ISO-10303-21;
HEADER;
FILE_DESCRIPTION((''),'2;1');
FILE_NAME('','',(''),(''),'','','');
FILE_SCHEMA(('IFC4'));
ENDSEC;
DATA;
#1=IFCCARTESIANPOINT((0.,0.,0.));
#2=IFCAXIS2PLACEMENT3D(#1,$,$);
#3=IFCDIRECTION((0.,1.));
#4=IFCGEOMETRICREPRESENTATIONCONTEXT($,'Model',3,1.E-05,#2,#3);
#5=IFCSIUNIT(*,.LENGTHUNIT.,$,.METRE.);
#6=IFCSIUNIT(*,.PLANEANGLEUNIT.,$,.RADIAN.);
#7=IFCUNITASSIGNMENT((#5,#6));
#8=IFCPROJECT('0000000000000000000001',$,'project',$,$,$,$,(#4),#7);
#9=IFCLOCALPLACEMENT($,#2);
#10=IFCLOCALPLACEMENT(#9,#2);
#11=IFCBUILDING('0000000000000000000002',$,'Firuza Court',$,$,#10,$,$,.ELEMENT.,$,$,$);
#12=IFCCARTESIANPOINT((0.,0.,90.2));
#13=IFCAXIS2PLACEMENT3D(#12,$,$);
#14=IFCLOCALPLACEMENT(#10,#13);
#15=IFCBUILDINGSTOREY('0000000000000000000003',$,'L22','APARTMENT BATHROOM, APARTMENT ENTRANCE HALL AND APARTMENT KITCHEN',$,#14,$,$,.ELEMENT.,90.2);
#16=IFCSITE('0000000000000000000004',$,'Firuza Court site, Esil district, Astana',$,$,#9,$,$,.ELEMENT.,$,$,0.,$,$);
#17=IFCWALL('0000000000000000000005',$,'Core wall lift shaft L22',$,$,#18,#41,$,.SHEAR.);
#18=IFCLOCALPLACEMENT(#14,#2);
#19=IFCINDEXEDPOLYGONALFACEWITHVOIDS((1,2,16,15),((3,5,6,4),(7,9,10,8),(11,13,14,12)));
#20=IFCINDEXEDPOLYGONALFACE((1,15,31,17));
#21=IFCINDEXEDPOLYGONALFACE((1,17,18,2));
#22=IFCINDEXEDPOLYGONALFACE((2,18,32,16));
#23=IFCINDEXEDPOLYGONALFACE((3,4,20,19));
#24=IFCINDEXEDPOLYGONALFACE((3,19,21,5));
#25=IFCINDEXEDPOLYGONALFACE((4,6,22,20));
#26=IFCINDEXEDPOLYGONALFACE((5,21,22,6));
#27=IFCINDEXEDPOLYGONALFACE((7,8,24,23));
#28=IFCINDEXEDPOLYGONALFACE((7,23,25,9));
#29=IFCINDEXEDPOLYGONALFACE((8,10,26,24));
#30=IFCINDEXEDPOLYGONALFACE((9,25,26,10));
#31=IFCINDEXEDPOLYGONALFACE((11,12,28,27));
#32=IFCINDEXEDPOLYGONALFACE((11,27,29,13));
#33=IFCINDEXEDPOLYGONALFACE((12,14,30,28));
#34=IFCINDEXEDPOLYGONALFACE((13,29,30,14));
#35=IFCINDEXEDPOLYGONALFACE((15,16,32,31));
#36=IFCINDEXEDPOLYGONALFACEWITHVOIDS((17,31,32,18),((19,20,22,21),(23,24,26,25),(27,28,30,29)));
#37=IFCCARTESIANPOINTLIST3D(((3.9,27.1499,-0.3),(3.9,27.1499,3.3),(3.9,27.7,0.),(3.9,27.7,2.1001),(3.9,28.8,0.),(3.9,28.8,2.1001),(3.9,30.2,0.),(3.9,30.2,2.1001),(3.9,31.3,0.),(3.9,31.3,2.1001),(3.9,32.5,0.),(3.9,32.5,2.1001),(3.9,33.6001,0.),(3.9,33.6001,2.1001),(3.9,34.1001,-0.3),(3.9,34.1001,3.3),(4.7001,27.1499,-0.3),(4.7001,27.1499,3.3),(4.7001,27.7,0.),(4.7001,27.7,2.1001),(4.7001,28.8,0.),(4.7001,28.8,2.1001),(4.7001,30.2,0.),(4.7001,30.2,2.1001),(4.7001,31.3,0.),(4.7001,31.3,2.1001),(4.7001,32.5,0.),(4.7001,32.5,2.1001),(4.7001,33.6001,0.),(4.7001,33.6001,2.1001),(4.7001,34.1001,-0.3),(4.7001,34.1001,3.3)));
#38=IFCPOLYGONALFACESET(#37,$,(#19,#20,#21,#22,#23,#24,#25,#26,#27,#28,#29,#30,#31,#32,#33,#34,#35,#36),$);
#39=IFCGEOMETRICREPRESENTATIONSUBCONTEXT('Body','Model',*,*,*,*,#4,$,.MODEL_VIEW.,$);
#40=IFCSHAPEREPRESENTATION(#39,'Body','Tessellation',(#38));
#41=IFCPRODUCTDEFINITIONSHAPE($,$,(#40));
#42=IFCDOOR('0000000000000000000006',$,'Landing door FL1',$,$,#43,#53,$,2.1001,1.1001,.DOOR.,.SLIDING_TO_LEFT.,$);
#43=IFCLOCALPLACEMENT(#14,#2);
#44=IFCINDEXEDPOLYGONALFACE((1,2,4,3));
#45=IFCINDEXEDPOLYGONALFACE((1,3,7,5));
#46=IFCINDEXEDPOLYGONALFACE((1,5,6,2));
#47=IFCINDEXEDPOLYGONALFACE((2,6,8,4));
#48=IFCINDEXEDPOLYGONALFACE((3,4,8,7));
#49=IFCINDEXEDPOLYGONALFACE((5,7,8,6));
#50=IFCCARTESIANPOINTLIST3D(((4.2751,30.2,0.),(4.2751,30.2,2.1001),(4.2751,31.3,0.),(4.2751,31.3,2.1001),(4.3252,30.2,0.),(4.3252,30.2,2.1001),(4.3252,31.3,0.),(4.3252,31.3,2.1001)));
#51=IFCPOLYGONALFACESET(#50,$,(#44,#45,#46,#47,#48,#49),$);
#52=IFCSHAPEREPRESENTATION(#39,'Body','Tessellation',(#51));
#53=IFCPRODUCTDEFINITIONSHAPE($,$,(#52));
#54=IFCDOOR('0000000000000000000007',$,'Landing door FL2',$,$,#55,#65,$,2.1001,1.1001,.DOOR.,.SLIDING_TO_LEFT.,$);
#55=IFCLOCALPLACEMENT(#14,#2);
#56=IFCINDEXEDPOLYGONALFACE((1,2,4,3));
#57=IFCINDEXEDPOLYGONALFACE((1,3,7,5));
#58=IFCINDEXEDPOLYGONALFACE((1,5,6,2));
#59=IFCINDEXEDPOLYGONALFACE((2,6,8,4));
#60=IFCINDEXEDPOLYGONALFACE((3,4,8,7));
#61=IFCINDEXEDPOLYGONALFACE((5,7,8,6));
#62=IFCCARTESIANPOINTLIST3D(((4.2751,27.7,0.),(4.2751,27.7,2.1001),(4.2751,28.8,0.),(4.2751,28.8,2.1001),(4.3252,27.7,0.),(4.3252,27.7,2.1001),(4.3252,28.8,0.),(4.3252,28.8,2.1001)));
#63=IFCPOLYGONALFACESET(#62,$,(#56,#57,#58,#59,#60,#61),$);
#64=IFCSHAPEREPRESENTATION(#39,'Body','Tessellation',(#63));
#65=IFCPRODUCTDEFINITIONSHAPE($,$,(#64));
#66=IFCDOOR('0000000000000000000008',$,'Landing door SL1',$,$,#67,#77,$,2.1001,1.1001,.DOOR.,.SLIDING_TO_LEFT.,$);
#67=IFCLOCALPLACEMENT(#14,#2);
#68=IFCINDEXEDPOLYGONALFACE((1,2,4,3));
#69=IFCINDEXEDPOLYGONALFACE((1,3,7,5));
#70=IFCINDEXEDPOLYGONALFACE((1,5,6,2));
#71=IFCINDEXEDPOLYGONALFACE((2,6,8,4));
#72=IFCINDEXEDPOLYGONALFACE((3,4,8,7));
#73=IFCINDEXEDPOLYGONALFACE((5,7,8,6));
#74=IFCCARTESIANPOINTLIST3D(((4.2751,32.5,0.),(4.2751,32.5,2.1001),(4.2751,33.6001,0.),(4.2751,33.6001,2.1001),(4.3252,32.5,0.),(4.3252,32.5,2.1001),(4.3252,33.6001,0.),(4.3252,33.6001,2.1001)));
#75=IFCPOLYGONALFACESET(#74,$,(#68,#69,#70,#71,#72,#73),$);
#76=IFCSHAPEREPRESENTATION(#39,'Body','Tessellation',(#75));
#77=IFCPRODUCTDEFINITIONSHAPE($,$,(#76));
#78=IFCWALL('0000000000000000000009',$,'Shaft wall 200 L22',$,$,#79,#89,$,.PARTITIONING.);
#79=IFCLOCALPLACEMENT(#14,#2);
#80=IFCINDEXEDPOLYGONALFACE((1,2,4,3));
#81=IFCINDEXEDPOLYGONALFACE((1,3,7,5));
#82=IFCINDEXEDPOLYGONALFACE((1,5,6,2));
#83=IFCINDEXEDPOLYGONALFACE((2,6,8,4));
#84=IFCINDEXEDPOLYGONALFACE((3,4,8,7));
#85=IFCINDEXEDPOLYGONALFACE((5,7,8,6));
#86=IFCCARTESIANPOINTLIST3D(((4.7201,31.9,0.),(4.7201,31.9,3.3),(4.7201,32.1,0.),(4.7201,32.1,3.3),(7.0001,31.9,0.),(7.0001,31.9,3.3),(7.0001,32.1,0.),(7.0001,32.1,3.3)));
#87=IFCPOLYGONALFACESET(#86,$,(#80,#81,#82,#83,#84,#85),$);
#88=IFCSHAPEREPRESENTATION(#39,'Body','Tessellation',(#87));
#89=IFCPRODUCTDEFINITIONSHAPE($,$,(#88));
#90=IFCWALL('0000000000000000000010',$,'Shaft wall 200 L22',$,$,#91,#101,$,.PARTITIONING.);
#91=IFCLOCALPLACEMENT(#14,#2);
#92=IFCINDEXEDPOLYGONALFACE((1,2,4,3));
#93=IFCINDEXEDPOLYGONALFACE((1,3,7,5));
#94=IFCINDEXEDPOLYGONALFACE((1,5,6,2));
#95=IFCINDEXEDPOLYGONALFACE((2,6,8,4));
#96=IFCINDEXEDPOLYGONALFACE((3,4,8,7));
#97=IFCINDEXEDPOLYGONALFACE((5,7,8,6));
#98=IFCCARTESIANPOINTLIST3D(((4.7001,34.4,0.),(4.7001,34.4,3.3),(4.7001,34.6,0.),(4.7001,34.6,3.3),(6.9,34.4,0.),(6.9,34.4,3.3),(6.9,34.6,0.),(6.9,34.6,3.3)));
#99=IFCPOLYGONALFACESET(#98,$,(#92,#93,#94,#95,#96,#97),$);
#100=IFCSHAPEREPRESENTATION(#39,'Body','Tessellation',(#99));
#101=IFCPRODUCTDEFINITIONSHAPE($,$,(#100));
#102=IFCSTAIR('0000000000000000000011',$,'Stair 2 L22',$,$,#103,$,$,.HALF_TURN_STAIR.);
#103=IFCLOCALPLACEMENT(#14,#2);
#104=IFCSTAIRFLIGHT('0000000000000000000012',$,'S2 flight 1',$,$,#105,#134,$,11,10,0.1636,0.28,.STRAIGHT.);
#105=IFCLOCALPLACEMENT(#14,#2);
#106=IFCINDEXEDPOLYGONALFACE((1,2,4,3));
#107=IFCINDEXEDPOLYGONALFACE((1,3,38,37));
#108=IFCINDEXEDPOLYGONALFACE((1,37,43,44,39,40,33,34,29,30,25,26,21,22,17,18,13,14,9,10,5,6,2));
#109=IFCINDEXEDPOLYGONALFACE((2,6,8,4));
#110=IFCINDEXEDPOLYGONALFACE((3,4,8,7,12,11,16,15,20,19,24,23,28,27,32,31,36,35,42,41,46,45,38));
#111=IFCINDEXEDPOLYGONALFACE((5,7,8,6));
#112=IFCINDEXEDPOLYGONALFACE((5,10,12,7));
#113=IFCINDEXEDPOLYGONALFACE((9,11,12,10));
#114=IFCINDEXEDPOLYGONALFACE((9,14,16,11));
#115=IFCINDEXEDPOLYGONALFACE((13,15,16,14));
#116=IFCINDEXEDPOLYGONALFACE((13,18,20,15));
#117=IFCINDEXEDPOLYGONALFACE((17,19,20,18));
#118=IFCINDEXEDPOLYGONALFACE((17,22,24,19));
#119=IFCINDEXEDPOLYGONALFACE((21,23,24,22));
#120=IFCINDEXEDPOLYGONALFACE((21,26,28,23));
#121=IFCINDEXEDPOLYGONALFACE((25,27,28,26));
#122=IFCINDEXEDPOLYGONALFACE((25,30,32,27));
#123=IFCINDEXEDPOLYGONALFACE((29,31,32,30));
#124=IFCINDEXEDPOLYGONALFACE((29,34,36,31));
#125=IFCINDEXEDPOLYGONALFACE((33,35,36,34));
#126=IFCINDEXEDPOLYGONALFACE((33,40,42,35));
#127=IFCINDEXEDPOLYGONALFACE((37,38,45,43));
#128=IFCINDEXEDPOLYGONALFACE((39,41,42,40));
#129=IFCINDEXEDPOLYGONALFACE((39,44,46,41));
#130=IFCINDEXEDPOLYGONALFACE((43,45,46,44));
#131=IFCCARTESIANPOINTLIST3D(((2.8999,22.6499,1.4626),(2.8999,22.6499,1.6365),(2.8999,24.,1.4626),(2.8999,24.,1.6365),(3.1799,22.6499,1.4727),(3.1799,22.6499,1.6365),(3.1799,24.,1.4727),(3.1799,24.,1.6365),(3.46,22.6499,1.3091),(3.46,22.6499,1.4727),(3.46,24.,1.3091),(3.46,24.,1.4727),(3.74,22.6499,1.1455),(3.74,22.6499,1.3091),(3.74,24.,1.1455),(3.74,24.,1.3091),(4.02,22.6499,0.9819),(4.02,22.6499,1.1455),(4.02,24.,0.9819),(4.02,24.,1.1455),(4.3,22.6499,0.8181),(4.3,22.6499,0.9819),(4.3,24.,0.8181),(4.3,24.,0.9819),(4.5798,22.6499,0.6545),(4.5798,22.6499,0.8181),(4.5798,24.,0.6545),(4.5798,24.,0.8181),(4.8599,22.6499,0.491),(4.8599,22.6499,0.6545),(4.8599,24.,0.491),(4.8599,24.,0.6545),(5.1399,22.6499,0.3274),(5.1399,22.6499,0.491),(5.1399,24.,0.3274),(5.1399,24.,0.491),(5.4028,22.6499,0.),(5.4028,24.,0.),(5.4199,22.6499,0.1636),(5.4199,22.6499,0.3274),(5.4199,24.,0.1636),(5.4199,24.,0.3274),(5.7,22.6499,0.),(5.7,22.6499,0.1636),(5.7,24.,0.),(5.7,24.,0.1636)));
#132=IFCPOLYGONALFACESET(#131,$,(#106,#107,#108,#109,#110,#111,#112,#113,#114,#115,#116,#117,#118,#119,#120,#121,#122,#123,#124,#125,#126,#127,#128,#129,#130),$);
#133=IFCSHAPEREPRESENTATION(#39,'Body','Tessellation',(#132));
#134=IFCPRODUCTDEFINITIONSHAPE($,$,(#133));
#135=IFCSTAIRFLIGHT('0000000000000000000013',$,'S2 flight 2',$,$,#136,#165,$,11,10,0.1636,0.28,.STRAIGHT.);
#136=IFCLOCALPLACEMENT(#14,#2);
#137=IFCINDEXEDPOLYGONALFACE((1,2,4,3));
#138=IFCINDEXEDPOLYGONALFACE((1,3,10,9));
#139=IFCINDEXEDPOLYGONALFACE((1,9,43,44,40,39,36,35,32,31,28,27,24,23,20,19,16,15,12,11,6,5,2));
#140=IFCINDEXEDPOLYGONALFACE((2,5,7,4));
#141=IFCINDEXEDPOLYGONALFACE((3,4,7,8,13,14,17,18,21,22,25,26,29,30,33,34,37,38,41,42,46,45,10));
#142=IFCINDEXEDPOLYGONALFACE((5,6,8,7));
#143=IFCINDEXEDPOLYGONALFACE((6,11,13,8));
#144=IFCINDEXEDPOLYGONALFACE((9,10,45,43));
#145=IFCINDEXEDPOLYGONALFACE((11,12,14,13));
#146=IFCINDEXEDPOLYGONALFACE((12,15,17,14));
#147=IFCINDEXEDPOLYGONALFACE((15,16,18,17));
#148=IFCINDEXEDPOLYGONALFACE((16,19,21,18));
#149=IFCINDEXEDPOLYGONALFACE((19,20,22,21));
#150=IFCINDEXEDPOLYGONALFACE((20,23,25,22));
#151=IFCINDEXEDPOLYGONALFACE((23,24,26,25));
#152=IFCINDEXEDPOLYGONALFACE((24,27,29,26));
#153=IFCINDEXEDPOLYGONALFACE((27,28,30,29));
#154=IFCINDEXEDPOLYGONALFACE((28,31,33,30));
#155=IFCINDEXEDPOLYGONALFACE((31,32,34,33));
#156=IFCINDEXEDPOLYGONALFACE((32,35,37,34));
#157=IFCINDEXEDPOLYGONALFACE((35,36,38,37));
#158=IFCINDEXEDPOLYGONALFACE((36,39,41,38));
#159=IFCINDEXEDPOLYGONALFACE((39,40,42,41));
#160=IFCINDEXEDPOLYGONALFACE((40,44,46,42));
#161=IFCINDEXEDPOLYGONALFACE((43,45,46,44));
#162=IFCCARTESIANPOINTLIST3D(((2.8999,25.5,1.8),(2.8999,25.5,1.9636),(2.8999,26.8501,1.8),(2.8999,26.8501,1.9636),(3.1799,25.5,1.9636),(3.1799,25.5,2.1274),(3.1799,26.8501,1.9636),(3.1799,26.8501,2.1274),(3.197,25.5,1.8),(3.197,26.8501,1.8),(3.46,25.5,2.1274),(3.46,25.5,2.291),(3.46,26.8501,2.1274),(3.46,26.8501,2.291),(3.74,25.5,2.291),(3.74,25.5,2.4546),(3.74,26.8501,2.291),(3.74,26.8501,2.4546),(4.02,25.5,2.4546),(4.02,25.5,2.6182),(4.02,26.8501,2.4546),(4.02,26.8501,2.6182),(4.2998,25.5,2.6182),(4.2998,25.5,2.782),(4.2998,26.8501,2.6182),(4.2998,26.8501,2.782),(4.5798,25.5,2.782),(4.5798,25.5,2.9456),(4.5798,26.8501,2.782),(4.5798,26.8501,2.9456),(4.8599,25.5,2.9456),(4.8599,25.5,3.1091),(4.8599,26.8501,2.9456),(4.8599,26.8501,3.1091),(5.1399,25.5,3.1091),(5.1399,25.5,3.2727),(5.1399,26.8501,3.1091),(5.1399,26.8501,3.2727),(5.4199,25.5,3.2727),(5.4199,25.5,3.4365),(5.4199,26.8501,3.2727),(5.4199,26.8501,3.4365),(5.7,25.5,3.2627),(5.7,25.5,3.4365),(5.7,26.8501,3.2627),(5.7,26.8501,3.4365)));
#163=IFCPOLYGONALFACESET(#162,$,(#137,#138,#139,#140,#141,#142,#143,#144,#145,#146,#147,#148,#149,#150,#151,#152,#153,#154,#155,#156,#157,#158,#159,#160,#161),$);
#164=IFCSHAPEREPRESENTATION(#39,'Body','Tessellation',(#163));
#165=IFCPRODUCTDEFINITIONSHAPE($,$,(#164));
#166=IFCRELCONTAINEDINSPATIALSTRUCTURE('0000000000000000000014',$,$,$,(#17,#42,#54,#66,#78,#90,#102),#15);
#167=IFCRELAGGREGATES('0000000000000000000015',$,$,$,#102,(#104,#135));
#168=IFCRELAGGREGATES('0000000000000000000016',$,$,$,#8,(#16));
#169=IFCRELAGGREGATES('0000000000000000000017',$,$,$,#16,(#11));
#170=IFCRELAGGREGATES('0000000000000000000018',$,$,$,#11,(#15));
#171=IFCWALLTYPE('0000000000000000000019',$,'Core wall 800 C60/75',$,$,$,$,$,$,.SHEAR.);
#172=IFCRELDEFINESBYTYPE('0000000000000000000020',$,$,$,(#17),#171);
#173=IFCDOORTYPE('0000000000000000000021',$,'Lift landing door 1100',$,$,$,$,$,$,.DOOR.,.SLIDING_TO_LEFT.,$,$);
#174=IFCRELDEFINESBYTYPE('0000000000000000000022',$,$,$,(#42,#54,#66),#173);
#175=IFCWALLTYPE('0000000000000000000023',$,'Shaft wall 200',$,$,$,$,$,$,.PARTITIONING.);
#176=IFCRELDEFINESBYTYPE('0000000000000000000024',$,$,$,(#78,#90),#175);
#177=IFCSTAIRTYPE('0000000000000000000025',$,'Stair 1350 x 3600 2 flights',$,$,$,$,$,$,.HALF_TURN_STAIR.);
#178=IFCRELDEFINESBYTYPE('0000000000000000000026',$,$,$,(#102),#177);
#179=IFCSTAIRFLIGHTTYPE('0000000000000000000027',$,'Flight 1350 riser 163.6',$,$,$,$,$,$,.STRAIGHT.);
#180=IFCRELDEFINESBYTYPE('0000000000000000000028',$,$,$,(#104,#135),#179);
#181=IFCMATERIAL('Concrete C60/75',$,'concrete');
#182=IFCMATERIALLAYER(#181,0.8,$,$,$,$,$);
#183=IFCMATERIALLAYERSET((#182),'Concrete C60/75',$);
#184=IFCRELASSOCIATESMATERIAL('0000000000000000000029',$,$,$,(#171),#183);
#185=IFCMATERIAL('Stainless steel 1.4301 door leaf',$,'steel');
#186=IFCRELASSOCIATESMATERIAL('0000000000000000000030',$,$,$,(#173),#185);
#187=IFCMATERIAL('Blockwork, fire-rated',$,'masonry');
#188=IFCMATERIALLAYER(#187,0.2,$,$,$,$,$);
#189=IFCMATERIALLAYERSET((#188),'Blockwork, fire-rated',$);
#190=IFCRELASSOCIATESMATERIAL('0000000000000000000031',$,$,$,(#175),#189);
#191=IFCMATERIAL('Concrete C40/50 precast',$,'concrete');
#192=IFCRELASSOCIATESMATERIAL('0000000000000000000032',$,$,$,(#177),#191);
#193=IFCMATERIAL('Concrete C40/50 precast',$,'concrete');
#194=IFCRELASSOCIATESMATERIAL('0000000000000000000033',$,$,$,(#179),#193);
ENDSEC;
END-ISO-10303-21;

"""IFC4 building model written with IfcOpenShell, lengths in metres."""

from ifc_helpers import new_model, si_unit, direction, frame, frame_2d, origin, place, context, subcontext, project, spatial, polyline, rectangle, outline, extrude, material, layer, layer_set, type_object, element, fill, aggregate, save


model = new_model("IFC4")

# Units and contexts
model_context = context("Model", 3, precision=1e-05, world=origin(), true_north=direction((0.0, 1.0)))
body_context = subcontext(model_context, "Body", "Model", "MODEL_VIEW")
ifc_project = project(units=[si_unit("LENGTHUNIT", "METRE"), si_unit("PLANEANGLEUNIT", "RADIAN")], contexts=[model_context])

# Site, building, storey
site_placement = place(None, origin())
site = spatial("IfcSite", under=ifc_project, at=site_placement, Name="Firuza Court site, Esil district, Astana", CompositionType="ELEMENT", RefElevation=0.0)
building_placement = place(site_placement, origin())
building = spatial("IfcBuilding", under=site, at=building_placement, Name="Firuza Court", CompositionType="ELEMENT")
storey_placement = place(building_placement, frame((0.0, 0.0, 90.2)))
storey = spatial("IfcBuildingStorey", under=building, at=storey_placement, Name="L22", Description="APARTMENT BATHROOM, APARTMENT ENTRANCE HALL AND APARTMENT KITCHEN", CompositionType="ELEMENT", Elevation=90.2)

# Shared definitions
ifc_material_1 = material(Name="Concrete C60/75", Category="concrete")

# Shared definitions
ifc_layer_1 = layer(ifc_material_1, 0.8)
ifc_layer_set_1 = layer_set([ifc_layer_1], Name="Concrete C60/75")
wall_type_1 = type_object("IfcWallType", Name="Core wall 800 C60/75", PredefinedType="SHEAR", material=ifc_layer_set_1)

# Wall, openings, doors
wall_1_placement = place(storey_placement, frame((4.3, 27.1499, -0.3), z_axis=(0.0, 0.0, 1.0), x_axis=(0.0, 1.0, 0.0)))
wall_1 = element("IfcWall", 1, at=wall_1_placement, inside=storey, type_object=wall_type_1, Name="Core wall lift shaft L22", PredefinedType="SHEAR", context=body_context, shape_type="SweptSolid", body=[
    extrude(rectangle(XDim=6.9502, YDim=0.8, at=frame_2d((3.4751, 0.0))), origin(), (0.0, 0.0, 1.0), 3.6001),
])
opening_1_placement = place(wall_1_placement, frame((3.05, 0.0, 0.3)))
opening_1 = element("IfcOpeningElement", 2, at=opening_1_placement, cuts=wall_1, PredefinedType="OPENING", context=body_context, shape_type="SweptSolid", body=[
    extrude(rectangle(XDim=1.1001, YDim=2.1001, at=frame_2d((0.55, 1.05))), frame((0.0, 0.4121, 0.0), z_axis=(0.0, -1.0, 0.0), x_axis=(1.0, 0.0, 0.0)), (0.0, 0.0, 1.0), 0.824),
])
opening_2_placement = place(wall_1_placement, frame((0.55, 0.0, 0.3)))
opening_2 = element("IfcOpeningElement", 3, at=opening_2_placement, cuts=wall_1, PredefinedType="OPENING", context=body_context, shape_type="SweptSolid", body=[
    extrude(rectangle(XDim=1.1001, YDim=2.1001, at=frame_2d((0.55, 1.05))), frame((0.0, 0.4121, 0.0), z_axis=(0.0, -1.0, 0.0), x_axis=(1.0, 0.0, 0.0)), (0.0, 0.0, 1.0), 0.824),
])
opening_3_placement = place(wall_1_placement, frame((5.3501, 0.0, 0.3)))
opening_3 = element("IfcOpeningElement", 4, at=opening_3_placement, cuts=wall_1, PredefinedType="OPENING", context=body_context, shape_type="SweptSolid", body=[
    extrude(rectangle(XDim=1.1001, YDim=2.1001, at=frame_2d((0.55, 1.05))), frame((0.0, 0.4121, 0.0), z_axis=(0.0, -1.0, 0.0), x_axis=(1.0, 0.0, 0.0)), (0.0, 0.0, 1.0), 0.824),
])
ifc_material_2 = material(Name="Stainless steel 1.4301 door leaf", Category="steel")
door_type_1 = type_object("IfcDoorType", Name="Lift landing door 1100", OperationType="SLIDING_TO_LEFT", PredefinedType="DOOR", material=ifc_material_2)
door_1_placement = place(opening_1_placement, origin())
door_1 = element("IfcDoor", 5, at=door_1_placement, inside=storey, type_object=door_type_1, Name="Landing door FL1", OperationType="SLIDING_TO_LEFT", OverallHeight=2.1001, OverallWidth=1.1001, PredefinedType="DOOR", context=body_context, shape_type="SweptSolid", body=[
    extrude(rectangle(XDim=1.1001, YDim=2.1001, at=frame_2d((0.55, 1.05))), frame((0.0, 0.0249, 0.0), z_axis=(0.0, -1.0, 0.0), x_axis=(1.0, 0.0, 0.0)), (0.0, 0.0, 1.0), 0.05),
])
fill(opening_1, door_1)
door_2_placement = place(opening_2_placement, origin())
door_2 = element("IfcDoor", 6, at=door_2_placement, inside=storey, type_object=door_type_1, Name="Landing door FL2", OperationType="SLIDING_TO_LEFT", OverallHeight=2.1001, OverallWidth=1.1001, PredefinedType="DOOR", context=body_context, shape_type="SweptSolid", body=[
    extrude(rectangle(XDim=1.1001, YDim=2.1001, at=frame_2d((0.55, 1.05))), frame((0.0, 0.0249, 0.0), z_axis=(0.0, -1.0, 0.0), x_axis=(1.0, 0.0, 0.0)), (0.0, 0.0, 1.0), 0.05),
])
fill(opening_2, door_2)
door_3_placement = place(opening_3_placement, origin())
door_3 = element("IfcDoor", 7, at=door_3_placement, inside=storey, type_object=door_type_1, Name="Landing door SL1", OperationType="SLIDING_TO_LEFT", OverallHeight=2.1001, OverallWidth=1.1001, PredefinedType="DOOR", context=body_context, shape_type="SweptSolid", body=[
    extrude(rectangle(XDim=1.1001, YDim=2.1001, at=frame_2d((0.55, 1.05))), frame((0.0, 0.0249, 0.0), z_axis=(0.0, -1.0, 0.0), x_axis=(1.0, 0.0, 0.0)), (0.0, 0.0, 1.0), 0.05),
])
fill(opening_3, door_3)

# Walls
ifc_material_3 = material(Name="Blockwork, fire-rated", Category="masonry")
ifc_layer_2 = layer(ifc_material_3, 0.2)
ifc_layer_set_2 = layer_set([ifc_layer_2], Name="Blockwork, fire-rated")
wall_type_2 = type_object("IfcWallType", Name="Shaft wall 200", PredefinedType="PARTITIONING", material=ifc_layer_set_2)
wall_2_placement = place(storey_placement, frame((4.72, 32.0, 0.0), z_axis=(0.0, 0.0, 1.0), x_axis=(1.0, 0.0, 0.0)))
element("IfcWall", 8, at=wall_2_placement, inside=storey, type_object=wall_type_2, Name="Shaft wall 200 L22", PredefinedType="PARTITIONING", context=body_context, shape_type="SweptSolid", body=[
    extrude(rectangle(XDim=2.28, YDim=0.2, at=frame_2d((1.1401, 0.0))), origin(), (0.0, 0.0, 1.0), 3.3),
])
wall_3_placement = place(storey_placement, frame((4.7, 34.5, 0.0), z_axis=(0.0, 0.0, 1.0), x_axis=(1.0, 0.0, 0.0)))
element("IfcWall", 9, at=wall_3_placement, inside=storey, type_object=wall_type_2, Name="Shaft wall 200 L22", PredefinedType="PARTITIONING", context=body_context, shape_type="SweptSolid", body=[
    extrude(rectangle(XDim=2.2, YDim=0.2, at=frame_2d((1.1001, 0.0))), origin(), (0.0, 0.0, 1.0), 3.3),
])

# Stair, stair flights
ifc_material_4 = material(Name="Concrete C40/50 precast", Category="concrete")
stair_type = type_object("IfcStairType", Name="Stair 1350 x 3600 2 flights", PredefinedType="HALF_TURN_STAIR", material=ifc_material_4)
stair_placement = place(storey_placement, origin())
stair = element("IfcStair", 10, at=stair_placement, inside=storey, type_object=stair_type, Name="Stair 2 L22", PredefinedType="HALF_TURN_STAIR")
ifc_material_5 = material(Name="Concrete C40/50 precast", Category="concrete")
stair_flight_type = type_object("IfcStairFlightType", Name="Flight 1350 riser 163.6", PredefinedType="STRAIGHT", material=ifc_material_5)
stair_flight_1_placement = place(storey_placement, frame((5.7, 23.325, 0.0), z_axis=(0.0, 0.0, 1.0), x_axis=(-1.0, 0.0, 0.0)))
stair_flight_1 = element("IfcStairFlight", 11, at=stair_flight_1_placement, type_object=stair_flight_type, Name="S2 flight 1", NumberOfRisers=11, NumberOfTreads=10, PredefinedType="STRAIGHT", RiserHeight=0.1636, TreadLength=0.28, context=body_context, shape_type="SweptSolid", body=[
    extrude(outline(polyline([(0.0, 0.0), (0.0, 0.1636), (0.28, 0.1636), (0.28, 0.3274), (0.5601, 0.3274), (0.5601, 0.491), (0.8401, 0.491), (0.8401, 0.6545), (1.1201, 0.6545), (1.1201, 0.8181), (1.3999, 0.8181), (1.3999, 0.9819), (1.6799, 0.9819), (1.6799, 1.1455), (1.96, 1.1455), (1.96, 1.3091), (2.24, 1.3091), (2.24, 1.4727), (2.52, 1.4727), (2.52, 1.6365), (2.8, 1.6365), (2.8, 1.8), (2.8, 1.4626), (0.2971, 0.0), (0.0, 0.0)])), frame((0.0, 0.675, 0.0), z_axis=(0.0, -1.0, 0.0), x_axis=(1.0, 0.0, 0.0)), (0.0, 0.0, 1.0), 1.3501),
])
stair_flight_2_placement = place(storey_placement, frame((2.8999, 26.175, 1.8), z_axis=(0.0, 0.0, 1.0), x_axis=(1.0, 0.0, 0.0)))
stair_flight_2 = element("IfcStairFlight", 12, at=stair_flight_2_placement, type_object=stair_flight_type, Name="S2 flight 2", NumberOfRisers=11, NumberOfTreads=10, PredefinedType="STRAIGHT", RiserHeight=0.1636, TreadLength=0.28, context=body_context, shape_type="SweptSolid", body=[
    extrude(outline(polyline([(0.0, 0.0), (0.0, 0.1636), (0.28, 0.1636), (0.28, 0.3274), (0.5601, 0.3274), (0.5601, 0.491), (0.8401, 0.491), (0.8401, 0.6545), (1.1201, 0.6545), (1.1201, 0.8181), (1.3999, 0.8181), (1.3999, 0.9819), (1.6799, 0.9819), (1.6799, 1.1455), (1.96, 1.1455), (1.96, 1.3091), (2.24, 1.3091), (2.24, 1.4727), (2.52, 1.4727), (2.52, 1.6365), (2.8, 1.6365), (2.8, 1.8), (2.8, 1.4626), (0.2971, 0.0), (0.0, 0.0)])), frame((0.0, 0.675, 0.0), z_axis=(0.0, -1.0, 0.0), x_axis=(1.0, 0.0, 0.0)), (0.0, 0.0, 1.0), 1.3501),
])
aggregate(stair, [stair_flight_1, stair_flight_2])

save(model, "model.ifc")
